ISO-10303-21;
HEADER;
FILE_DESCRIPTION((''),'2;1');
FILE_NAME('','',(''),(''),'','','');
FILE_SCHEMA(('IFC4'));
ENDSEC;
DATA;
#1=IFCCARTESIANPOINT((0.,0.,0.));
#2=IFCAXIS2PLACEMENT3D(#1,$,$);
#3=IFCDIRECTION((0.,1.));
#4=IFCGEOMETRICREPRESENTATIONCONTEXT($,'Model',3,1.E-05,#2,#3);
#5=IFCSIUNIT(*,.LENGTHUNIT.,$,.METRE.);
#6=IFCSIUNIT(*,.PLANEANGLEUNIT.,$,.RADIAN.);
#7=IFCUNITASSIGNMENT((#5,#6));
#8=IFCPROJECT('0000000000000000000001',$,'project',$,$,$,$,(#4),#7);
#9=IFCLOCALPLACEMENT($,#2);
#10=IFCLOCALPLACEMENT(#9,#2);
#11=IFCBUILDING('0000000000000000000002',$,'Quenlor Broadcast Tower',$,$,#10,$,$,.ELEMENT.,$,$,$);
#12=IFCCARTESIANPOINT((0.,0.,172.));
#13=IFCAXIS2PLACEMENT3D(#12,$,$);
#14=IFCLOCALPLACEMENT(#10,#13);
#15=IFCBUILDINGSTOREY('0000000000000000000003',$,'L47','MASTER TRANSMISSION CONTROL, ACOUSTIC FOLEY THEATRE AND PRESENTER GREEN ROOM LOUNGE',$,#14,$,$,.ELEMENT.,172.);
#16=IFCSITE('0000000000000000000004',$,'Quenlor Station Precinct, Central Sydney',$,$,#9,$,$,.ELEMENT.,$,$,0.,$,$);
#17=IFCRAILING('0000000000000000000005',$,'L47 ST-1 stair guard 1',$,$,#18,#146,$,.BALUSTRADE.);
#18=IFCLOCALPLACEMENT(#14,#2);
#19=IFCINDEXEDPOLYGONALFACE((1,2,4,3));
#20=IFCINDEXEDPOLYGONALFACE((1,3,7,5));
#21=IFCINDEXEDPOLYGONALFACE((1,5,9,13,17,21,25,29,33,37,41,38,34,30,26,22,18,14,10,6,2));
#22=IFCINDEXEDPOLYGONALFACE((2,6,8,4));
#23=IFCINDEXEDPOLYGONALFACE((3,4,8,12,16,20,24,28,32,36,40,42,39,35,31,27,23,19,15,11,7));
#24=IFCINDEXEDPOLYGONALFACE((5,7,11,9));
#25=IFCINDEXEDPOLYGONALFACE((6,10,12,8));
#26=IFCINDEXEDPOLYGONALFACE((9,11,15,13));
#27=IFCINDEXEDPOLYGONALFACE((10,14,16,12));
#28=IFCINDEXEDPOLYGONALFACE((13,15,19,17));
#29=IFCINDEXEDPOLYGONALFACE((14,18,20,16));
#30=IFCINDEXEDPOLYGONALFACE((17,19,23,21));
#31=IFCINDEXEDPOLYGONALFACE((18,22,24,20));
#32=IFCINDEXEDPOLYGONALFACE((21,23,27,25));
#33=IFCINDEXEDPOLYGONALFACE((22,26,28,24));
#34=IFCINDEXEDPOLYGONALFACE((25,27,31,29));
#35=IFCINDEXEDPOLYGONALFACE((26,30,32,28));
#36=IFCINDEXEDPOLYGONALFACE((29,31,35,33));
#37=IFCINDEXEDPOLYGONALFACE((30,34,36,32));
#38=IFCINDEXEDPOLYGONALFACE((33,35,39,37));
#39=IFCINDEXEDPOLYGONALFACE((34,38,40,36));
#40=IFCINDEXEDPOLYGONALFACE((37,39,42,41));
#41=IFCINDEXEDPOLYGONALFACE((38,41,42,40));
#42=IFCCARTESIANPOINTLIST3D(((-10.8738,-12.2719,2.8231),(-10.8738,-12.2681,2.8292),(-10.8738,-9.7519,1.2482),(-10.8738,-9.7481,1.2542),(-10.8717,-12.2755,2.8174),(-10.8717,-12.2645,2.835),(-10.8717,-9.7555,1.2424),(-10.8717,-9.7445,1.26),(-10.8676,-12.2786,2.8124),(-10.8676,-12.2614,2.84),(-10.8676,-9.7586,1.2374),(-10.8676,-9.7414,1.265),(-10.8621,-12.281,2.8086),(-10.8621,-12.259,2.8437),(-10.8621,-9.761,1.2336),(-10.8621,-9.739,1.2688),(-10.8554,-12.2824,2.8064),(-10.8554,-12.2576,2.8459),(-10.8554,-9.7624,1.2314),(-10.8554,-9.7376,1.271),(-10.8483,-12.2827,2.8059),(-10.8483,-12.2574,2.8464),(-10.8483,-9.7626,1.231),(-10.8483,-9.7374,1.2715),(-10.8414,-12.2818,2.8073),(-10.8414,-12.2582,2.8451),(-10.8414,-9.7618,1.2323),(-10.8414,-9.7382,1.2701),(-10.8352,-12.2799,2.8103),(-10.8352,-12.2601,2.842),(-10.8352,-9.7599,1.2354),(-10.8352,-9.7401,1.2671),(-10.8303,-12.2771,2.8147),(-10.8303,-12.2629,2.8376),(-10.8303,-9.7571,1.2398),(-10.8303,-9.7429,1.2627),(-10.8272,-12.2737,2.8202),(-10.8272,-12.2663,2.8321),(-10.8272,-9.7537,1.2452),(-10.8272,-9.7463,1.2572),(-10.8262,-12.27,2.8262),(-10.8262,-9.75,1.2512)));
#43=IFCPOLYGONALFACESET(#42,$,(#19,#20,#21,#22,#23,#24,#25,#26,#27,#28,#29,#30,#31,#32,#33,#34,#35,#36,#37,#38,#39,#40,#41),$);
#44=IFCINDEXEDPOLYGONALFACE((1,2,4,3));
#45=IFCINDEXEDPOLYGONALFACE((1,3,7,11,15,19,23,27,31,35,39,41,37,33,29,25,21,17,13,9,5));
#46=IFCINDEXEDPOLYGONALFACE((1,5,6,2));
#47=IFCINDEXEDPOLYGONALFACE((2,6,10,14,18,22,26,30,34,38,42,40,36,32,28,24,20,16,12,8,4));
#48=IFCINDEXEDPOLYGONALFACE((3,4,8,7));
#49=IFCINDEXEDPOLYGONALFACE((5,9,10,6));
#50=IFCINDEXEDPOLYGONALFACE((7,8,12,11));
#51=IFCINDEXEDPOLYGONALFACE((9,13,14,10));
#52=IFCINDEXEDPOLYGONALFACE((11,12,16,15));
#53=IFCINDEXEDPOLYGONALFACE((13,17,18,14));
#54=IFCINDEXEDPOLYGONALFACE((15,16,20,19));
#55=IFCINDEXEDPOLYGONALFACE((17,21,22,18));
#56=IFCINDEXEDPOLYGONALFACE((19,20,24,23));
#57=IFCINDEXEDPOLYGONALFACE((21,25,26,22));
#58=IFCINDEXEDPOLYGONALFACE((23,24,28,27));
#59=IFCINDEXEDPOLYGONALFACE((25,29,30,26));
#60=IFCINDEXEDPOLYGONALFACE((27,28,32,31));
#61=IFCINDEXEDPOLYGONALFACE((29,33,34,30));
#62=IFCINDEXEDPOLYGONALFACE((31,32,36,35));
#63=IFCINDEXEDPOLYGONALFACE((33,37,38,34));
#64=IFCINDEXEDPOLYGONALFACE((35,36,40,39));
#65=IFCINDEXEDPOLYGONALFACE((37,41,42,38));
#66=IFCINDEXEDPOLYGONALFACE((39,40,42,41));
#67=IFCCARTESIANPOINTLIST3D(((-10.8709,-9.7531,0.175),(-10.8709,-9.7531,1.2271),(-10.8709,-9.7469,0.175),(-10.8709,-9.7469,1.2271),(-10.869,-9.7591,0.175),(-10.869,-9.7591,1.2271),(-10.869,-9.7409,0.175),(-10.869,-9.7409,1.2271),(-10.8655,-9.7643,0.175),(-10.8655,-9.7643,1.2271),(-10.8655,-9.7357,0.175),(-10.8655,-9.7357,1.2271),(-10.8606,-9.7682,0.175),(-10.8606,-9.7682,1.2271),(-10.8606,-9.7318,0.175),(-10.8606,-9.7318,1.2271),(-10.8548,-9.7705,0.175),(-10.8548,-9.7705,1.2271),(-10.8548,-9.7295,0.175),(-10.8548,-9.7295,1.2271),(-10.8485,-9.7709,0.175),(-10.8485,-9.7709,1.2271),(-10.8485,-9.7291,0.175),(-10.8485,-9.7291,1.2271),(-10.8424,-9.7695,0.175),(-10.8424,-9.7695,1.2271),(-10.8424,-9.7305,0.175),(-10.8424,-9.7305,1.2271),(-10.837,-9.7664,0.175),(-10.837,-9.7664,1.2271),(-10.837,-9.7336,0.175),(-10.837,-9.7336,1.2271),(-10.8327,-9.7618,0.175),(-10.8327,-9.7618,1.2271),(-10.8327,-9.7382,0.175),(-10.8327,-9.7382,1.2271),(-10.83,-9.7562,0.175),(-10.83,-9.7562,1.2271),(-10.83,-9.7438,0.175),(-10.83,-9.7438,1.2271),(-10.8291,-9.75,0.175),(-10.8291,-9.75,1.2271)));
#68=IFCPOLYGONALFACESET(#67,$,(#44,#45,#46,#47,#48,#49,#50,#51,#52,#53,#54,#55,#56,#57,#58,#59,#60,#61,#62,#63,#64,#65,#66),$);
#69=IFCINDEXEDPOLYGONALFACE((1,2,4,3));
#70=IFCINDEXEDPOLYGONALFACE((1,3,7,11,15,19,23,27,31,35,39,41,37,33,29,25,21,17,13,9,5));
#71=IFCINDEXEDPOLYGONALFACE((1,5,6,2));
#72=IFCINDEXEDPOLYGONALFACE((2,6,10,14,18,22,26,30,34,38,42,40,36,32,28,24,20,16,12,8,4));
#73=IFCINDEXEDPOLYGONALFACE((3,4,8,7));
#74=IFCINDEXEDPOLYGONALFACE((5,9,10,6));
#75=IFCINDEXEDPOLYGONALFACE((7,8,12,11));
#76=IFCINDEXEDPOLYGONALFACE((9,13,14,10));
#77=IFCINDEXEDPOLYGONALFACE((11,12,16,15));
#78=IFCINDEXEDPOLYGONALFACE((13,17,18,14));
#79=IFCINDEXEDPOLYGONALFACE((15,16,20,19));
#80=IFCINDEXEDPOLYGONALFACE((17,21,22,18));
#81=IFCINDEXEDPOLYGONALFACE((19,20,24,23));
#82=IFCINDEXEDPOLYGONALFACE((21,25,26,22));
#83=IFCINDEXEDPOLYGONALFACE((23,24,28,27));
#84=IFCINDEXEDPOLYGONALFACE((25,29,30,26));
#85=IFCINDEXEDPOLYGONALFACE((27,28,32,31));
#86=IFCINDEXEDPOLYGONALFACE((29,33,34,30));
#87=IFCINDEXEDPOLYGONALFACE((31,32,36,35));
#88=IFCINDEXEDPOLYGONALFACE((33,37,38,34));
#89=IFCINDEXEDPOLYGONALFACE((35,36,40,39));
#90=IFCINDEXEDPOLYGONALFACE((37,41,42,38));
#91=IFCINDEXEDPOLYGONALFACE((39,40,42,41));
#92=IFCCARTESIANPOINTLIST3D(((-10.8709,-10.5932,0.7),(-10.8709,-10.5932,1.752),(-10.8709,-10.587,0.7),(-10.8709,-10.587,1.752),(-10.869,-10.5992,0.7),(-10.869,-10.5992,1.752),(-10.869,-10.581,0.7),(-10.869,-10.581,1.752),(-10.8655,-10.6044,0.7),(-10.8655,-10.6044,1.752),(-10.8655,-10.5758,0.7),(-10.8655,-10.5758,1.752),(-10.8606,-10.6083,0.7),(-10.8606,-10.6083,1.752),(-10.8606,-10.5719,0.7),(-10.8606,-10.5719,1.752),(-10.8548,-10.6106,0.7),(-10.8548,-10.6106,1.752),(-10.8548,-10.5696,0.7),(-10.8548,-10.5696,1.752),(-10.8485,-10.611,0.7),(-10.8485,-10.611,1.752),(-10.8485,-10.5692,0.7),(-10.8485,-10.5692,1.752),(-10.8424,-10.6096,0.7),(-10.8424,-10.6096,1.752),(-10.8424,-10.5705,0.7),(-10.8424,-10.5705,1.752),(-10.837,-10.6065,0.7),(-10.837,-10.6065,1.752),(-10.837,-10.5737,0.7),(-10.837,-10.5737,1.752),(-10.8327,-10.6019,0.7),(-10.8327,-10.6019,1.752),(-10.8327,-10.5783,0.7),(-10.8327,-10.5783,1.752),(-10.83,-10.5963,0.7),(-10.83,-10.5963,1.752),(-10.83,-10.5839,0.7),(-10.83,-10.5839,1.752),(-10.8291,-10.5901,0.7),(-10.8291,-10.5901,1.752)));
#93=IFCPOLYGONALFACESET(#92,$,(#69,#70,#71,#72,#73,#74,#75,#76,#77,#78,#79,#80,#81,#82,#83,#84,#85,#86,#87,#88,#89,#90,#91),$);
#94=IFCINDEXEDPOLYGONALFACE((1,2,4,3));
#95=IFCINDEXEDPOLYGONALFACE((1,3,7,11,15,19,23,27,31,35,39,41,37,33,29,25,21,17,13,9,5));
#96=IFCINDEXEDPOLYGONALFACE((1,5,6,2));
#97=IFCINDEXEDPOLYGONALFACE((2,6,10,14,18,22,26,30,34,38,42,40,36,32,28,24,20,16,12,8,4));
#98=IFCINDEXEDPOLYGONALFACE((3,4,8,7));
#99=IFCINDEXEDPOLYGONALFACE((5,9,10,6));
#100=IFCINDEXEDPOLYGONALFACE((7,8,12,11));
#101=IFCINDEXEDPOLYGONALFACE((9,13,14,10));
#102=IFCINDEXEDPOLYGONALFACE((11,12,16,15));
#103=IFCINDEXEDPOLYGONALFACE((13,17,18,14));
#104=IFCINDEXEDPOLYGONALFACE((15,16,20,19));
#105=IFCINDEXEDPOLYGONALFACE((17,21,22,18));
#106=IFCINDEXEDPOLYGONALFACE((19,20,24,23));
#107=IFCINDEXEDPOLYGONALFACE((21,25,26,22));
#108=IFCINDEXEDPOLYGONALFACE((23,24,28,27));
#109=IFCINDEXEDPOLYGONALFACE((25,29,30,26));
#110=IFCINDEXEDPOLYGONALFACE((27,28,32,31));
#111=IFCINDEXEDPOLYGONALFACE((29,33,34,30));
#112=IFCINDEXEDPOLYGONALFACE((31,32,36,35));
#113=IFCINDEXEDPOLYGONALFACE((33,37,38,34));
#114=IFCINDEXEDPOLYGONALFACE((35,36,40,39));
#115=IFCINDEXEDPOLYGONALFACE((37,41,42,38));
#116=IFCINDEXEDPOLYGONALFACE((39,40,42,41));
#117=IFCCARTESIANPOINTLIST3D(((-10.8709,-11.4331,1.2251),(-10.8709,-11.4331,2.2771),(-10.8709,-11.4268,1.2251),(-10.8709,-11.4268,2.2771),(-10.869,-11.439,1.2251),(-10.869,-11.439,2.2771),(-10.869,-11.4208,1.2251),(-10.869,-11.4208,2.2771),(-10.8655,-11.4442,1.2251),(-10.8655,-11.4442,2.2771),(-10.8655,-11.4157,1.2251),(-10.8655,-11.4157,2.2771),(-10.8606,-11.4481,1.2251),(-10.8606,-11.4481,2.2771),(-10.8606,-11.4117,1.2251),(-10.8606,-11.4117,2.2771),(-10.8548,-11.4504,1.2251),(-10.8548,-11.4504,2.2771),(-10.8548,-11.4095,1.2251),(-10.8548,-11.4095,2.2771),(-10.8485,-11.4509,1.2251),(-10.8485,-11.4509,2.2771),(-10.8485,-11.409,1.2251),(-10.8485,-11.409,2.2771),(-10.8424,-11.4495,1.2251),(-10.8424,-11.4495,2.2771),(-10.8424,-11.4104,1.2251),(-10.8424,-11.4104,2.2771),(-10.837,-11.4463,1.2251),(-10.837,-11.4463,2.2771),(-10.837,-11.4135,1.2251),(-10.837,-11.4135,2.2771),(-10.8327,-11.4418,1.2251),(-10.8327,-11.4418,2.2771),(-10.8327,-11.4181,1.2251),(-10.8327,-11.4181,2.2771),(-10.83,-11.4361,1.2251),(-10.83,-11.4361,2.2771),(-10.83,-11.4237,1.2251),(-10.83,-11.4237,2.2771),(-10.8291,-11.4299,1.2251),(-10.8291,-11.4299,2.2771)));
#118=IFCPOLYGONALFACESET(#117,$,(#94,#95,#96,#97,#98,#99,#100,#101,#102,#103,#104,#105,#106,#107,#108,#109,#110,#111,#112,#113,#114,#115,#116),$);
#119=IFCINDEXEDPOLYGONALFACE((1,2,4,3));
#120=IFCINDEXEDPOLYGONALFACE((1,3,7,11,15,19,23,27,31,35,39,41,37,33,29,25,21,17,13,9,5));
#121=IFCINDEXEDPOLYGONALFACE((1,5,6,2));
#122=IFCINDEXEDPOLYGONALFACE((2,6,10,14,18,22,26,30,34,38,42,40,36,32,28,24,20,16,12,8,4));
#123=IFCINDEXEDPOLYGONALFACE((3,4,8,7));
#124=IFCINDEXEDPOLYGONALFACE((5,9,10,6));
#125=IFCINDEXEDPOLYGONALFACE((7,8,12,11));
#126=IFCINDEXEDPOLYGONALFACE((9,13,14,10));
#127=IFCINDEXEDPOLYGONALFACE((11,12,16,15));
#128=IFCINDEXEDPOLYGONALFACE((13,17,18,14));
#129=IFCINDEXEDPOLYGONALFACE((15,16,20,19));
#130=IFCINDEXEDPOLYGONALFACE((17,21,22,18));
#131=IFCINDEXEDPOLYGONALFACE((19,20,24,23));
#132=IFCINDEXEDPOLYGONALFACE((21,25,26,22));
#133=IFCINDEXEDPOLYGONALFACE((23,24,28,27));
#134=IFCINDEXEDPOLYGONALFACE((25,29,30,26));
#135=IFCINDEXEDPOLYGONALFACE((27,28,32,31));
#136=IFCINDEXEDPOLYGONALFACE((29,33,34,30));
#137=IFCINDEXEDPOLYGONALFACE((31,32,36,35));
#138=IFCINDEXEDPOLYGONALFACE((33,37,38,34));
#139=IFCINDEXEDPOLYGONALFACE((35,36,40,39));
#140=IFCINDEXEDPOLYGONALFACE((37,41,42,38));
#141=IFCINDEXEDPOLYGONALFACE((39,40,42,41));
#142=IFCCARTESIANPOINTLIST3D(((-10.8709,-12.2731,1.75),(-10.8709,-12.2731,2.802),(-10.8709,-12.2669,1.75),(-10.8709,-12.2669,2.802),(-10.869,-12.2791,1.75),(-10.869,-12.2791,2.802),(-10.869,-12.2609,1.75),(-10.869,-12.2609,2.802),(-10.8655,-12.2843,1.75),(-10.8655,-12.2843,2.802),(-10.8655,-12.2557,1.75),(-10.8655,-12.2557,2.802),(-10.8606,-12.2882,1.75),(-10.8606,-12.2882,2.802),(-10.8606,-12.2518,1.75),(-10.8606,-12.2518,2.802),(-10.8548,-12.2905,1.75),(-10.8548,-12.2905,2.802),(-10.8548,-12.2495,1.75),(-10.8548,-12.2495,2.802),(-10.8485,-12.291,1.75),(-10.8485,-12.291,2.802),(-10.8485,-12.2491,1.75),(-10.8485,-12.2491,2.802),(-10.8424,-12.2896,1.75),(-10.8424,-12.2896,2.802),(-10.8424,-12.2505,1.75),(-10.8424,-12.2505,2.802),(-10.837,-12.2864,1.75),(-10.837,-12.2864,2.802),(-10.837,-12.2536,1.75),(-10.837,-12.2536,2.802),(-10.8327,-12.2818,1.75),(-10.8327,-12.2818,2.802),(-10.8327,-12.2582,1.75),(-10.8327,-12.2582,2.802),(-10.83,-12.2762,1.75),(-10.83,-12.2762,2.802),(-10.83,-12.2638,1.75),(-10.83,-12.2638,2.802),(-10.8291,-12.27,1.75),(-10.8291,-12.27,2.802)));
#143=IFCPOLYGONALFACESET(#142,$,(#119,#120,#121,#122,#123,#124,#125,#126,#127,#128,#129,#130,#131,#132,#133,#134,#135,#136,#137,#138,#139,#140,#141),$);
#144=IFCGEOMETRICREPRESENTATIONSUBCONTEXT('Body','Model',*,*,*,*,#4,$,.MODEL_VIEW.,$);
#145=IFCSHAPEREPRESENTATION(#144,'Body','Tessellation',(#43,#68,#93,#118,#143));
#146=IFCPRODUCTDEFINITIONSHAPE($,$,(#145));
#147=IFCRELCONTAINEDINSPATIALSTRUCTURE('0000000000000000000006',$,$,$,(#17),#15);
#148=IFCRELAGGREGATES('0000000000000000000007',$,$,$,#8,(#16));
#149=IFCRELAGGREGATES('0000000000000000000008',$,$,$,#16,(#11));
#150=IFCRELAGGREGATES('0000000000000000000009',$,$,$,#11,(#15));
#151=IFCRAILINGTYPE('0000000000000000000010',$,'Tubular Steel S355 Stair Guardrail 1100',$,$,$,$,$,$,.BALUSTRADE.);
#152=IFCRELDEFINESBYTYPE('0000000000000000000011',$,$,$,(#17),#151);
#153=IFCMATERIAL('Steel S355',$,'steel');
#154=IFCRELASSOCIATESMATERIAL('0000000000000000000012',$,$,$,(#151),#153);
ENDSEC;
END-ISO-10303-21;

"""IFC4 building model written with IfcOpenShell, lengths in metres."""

from ifc_helpers import new_model, si_unit, direction, frame, origin, origin_2d, place, context, subcontext, project, spatial, circle, extrude, material, type_object, element, save


model = new_model("IFC4")

# Units and contexts
model_context = context("Model", 3, precision=1e-05, world=origin(), true_north=direction((0.0, 1.0)))
body_context = subcontext(model_context, "Body", "Model", "MODEL_VIEW")
ifc_project = project(units=[si_unit("LENGTHUNIT", "METRE"), si_unit("PLANEANGLEUNIT", "RADIAN")], contexts=[model_context])

# Site, building, storey
site_placement = place(None, origin())
site = spatial("IfcSite", under=ifc_project, at=site_placement, Name="Quenlor Station Precinct, Central Sydney", CompositionType="ELEMENT", RefElevation=0.0)
building_placement = place(site_placement, origin())
building = spatial("IfcBuilding", under=site, at=building_placement, Name="Quenlor Broadcast Tower", CompositionType="ELEMENT")
storey_placement = place(building_placement, frame((0.0, 0.0, 172.0)))
storey = spatial("IfcBuildingStorey", under=building, at=storey_placement, Name="L47", Description="MASTER TRANSMISSION CONTROL, ACOUSTIC FOLEY THEATRE AND PRESENTER GREEN ROOM LOUNGE", CompositionType="ELEMENT", Elevation=172.0)

# Railing
ifc_material_1 = material(Name="Steel S355", Category="steel")
railing_type_1 = type_object("IfcRailingType", Name="Tubular Steel S355 Stair Guardrail 1100", PredefinedType="BALUSTRADE", material=ifc_material_1)
railing_1_placement = place(storey_placement, frame((-10.8501, -9.75, 0.175)))
element("IfcRailing", 1, at=railing_1_placement, inside=storey, type_object=railing_type_1, Name="L47 ST-1 stair guard 1", PredefinedType="BALUSTRADE", context=body_context, shape_type="SweptSolid", body=[
    extrude(circle(Radius=0.0239, at=origin_2d()), frame((0.0, 0.0, 1.0762), z_axis=(0.0, -0.848008, 0.529984), x_axis=(1.0, 0.0, 0.0)), (0.0, 0.0, 1.0), 2.9717),
    extrude(circle(Radius=0.021, at=origin_2d()), origin(), (0.0, 0.0, 1.0), 1.052),
    extrude(circle(Radius=0.021, at=origin_2d()), frame((0.0, -0.8401, 0.5249)), (0.0, 0.0, 1.0), 1.052),
    extrude(circle(Radius=0.021, at=origin_2d()), frame((0.0, -1.6799, 1.05)), (0.0, 0.0, 1.0), 1.052),
    extrude(circle(Radius=0.021, at=origin_2d()), frame((0.0, -2.52, 1.575)), (0.0, 0.0, 1.0), 1.052),
])

save(model, "model.ifc")
